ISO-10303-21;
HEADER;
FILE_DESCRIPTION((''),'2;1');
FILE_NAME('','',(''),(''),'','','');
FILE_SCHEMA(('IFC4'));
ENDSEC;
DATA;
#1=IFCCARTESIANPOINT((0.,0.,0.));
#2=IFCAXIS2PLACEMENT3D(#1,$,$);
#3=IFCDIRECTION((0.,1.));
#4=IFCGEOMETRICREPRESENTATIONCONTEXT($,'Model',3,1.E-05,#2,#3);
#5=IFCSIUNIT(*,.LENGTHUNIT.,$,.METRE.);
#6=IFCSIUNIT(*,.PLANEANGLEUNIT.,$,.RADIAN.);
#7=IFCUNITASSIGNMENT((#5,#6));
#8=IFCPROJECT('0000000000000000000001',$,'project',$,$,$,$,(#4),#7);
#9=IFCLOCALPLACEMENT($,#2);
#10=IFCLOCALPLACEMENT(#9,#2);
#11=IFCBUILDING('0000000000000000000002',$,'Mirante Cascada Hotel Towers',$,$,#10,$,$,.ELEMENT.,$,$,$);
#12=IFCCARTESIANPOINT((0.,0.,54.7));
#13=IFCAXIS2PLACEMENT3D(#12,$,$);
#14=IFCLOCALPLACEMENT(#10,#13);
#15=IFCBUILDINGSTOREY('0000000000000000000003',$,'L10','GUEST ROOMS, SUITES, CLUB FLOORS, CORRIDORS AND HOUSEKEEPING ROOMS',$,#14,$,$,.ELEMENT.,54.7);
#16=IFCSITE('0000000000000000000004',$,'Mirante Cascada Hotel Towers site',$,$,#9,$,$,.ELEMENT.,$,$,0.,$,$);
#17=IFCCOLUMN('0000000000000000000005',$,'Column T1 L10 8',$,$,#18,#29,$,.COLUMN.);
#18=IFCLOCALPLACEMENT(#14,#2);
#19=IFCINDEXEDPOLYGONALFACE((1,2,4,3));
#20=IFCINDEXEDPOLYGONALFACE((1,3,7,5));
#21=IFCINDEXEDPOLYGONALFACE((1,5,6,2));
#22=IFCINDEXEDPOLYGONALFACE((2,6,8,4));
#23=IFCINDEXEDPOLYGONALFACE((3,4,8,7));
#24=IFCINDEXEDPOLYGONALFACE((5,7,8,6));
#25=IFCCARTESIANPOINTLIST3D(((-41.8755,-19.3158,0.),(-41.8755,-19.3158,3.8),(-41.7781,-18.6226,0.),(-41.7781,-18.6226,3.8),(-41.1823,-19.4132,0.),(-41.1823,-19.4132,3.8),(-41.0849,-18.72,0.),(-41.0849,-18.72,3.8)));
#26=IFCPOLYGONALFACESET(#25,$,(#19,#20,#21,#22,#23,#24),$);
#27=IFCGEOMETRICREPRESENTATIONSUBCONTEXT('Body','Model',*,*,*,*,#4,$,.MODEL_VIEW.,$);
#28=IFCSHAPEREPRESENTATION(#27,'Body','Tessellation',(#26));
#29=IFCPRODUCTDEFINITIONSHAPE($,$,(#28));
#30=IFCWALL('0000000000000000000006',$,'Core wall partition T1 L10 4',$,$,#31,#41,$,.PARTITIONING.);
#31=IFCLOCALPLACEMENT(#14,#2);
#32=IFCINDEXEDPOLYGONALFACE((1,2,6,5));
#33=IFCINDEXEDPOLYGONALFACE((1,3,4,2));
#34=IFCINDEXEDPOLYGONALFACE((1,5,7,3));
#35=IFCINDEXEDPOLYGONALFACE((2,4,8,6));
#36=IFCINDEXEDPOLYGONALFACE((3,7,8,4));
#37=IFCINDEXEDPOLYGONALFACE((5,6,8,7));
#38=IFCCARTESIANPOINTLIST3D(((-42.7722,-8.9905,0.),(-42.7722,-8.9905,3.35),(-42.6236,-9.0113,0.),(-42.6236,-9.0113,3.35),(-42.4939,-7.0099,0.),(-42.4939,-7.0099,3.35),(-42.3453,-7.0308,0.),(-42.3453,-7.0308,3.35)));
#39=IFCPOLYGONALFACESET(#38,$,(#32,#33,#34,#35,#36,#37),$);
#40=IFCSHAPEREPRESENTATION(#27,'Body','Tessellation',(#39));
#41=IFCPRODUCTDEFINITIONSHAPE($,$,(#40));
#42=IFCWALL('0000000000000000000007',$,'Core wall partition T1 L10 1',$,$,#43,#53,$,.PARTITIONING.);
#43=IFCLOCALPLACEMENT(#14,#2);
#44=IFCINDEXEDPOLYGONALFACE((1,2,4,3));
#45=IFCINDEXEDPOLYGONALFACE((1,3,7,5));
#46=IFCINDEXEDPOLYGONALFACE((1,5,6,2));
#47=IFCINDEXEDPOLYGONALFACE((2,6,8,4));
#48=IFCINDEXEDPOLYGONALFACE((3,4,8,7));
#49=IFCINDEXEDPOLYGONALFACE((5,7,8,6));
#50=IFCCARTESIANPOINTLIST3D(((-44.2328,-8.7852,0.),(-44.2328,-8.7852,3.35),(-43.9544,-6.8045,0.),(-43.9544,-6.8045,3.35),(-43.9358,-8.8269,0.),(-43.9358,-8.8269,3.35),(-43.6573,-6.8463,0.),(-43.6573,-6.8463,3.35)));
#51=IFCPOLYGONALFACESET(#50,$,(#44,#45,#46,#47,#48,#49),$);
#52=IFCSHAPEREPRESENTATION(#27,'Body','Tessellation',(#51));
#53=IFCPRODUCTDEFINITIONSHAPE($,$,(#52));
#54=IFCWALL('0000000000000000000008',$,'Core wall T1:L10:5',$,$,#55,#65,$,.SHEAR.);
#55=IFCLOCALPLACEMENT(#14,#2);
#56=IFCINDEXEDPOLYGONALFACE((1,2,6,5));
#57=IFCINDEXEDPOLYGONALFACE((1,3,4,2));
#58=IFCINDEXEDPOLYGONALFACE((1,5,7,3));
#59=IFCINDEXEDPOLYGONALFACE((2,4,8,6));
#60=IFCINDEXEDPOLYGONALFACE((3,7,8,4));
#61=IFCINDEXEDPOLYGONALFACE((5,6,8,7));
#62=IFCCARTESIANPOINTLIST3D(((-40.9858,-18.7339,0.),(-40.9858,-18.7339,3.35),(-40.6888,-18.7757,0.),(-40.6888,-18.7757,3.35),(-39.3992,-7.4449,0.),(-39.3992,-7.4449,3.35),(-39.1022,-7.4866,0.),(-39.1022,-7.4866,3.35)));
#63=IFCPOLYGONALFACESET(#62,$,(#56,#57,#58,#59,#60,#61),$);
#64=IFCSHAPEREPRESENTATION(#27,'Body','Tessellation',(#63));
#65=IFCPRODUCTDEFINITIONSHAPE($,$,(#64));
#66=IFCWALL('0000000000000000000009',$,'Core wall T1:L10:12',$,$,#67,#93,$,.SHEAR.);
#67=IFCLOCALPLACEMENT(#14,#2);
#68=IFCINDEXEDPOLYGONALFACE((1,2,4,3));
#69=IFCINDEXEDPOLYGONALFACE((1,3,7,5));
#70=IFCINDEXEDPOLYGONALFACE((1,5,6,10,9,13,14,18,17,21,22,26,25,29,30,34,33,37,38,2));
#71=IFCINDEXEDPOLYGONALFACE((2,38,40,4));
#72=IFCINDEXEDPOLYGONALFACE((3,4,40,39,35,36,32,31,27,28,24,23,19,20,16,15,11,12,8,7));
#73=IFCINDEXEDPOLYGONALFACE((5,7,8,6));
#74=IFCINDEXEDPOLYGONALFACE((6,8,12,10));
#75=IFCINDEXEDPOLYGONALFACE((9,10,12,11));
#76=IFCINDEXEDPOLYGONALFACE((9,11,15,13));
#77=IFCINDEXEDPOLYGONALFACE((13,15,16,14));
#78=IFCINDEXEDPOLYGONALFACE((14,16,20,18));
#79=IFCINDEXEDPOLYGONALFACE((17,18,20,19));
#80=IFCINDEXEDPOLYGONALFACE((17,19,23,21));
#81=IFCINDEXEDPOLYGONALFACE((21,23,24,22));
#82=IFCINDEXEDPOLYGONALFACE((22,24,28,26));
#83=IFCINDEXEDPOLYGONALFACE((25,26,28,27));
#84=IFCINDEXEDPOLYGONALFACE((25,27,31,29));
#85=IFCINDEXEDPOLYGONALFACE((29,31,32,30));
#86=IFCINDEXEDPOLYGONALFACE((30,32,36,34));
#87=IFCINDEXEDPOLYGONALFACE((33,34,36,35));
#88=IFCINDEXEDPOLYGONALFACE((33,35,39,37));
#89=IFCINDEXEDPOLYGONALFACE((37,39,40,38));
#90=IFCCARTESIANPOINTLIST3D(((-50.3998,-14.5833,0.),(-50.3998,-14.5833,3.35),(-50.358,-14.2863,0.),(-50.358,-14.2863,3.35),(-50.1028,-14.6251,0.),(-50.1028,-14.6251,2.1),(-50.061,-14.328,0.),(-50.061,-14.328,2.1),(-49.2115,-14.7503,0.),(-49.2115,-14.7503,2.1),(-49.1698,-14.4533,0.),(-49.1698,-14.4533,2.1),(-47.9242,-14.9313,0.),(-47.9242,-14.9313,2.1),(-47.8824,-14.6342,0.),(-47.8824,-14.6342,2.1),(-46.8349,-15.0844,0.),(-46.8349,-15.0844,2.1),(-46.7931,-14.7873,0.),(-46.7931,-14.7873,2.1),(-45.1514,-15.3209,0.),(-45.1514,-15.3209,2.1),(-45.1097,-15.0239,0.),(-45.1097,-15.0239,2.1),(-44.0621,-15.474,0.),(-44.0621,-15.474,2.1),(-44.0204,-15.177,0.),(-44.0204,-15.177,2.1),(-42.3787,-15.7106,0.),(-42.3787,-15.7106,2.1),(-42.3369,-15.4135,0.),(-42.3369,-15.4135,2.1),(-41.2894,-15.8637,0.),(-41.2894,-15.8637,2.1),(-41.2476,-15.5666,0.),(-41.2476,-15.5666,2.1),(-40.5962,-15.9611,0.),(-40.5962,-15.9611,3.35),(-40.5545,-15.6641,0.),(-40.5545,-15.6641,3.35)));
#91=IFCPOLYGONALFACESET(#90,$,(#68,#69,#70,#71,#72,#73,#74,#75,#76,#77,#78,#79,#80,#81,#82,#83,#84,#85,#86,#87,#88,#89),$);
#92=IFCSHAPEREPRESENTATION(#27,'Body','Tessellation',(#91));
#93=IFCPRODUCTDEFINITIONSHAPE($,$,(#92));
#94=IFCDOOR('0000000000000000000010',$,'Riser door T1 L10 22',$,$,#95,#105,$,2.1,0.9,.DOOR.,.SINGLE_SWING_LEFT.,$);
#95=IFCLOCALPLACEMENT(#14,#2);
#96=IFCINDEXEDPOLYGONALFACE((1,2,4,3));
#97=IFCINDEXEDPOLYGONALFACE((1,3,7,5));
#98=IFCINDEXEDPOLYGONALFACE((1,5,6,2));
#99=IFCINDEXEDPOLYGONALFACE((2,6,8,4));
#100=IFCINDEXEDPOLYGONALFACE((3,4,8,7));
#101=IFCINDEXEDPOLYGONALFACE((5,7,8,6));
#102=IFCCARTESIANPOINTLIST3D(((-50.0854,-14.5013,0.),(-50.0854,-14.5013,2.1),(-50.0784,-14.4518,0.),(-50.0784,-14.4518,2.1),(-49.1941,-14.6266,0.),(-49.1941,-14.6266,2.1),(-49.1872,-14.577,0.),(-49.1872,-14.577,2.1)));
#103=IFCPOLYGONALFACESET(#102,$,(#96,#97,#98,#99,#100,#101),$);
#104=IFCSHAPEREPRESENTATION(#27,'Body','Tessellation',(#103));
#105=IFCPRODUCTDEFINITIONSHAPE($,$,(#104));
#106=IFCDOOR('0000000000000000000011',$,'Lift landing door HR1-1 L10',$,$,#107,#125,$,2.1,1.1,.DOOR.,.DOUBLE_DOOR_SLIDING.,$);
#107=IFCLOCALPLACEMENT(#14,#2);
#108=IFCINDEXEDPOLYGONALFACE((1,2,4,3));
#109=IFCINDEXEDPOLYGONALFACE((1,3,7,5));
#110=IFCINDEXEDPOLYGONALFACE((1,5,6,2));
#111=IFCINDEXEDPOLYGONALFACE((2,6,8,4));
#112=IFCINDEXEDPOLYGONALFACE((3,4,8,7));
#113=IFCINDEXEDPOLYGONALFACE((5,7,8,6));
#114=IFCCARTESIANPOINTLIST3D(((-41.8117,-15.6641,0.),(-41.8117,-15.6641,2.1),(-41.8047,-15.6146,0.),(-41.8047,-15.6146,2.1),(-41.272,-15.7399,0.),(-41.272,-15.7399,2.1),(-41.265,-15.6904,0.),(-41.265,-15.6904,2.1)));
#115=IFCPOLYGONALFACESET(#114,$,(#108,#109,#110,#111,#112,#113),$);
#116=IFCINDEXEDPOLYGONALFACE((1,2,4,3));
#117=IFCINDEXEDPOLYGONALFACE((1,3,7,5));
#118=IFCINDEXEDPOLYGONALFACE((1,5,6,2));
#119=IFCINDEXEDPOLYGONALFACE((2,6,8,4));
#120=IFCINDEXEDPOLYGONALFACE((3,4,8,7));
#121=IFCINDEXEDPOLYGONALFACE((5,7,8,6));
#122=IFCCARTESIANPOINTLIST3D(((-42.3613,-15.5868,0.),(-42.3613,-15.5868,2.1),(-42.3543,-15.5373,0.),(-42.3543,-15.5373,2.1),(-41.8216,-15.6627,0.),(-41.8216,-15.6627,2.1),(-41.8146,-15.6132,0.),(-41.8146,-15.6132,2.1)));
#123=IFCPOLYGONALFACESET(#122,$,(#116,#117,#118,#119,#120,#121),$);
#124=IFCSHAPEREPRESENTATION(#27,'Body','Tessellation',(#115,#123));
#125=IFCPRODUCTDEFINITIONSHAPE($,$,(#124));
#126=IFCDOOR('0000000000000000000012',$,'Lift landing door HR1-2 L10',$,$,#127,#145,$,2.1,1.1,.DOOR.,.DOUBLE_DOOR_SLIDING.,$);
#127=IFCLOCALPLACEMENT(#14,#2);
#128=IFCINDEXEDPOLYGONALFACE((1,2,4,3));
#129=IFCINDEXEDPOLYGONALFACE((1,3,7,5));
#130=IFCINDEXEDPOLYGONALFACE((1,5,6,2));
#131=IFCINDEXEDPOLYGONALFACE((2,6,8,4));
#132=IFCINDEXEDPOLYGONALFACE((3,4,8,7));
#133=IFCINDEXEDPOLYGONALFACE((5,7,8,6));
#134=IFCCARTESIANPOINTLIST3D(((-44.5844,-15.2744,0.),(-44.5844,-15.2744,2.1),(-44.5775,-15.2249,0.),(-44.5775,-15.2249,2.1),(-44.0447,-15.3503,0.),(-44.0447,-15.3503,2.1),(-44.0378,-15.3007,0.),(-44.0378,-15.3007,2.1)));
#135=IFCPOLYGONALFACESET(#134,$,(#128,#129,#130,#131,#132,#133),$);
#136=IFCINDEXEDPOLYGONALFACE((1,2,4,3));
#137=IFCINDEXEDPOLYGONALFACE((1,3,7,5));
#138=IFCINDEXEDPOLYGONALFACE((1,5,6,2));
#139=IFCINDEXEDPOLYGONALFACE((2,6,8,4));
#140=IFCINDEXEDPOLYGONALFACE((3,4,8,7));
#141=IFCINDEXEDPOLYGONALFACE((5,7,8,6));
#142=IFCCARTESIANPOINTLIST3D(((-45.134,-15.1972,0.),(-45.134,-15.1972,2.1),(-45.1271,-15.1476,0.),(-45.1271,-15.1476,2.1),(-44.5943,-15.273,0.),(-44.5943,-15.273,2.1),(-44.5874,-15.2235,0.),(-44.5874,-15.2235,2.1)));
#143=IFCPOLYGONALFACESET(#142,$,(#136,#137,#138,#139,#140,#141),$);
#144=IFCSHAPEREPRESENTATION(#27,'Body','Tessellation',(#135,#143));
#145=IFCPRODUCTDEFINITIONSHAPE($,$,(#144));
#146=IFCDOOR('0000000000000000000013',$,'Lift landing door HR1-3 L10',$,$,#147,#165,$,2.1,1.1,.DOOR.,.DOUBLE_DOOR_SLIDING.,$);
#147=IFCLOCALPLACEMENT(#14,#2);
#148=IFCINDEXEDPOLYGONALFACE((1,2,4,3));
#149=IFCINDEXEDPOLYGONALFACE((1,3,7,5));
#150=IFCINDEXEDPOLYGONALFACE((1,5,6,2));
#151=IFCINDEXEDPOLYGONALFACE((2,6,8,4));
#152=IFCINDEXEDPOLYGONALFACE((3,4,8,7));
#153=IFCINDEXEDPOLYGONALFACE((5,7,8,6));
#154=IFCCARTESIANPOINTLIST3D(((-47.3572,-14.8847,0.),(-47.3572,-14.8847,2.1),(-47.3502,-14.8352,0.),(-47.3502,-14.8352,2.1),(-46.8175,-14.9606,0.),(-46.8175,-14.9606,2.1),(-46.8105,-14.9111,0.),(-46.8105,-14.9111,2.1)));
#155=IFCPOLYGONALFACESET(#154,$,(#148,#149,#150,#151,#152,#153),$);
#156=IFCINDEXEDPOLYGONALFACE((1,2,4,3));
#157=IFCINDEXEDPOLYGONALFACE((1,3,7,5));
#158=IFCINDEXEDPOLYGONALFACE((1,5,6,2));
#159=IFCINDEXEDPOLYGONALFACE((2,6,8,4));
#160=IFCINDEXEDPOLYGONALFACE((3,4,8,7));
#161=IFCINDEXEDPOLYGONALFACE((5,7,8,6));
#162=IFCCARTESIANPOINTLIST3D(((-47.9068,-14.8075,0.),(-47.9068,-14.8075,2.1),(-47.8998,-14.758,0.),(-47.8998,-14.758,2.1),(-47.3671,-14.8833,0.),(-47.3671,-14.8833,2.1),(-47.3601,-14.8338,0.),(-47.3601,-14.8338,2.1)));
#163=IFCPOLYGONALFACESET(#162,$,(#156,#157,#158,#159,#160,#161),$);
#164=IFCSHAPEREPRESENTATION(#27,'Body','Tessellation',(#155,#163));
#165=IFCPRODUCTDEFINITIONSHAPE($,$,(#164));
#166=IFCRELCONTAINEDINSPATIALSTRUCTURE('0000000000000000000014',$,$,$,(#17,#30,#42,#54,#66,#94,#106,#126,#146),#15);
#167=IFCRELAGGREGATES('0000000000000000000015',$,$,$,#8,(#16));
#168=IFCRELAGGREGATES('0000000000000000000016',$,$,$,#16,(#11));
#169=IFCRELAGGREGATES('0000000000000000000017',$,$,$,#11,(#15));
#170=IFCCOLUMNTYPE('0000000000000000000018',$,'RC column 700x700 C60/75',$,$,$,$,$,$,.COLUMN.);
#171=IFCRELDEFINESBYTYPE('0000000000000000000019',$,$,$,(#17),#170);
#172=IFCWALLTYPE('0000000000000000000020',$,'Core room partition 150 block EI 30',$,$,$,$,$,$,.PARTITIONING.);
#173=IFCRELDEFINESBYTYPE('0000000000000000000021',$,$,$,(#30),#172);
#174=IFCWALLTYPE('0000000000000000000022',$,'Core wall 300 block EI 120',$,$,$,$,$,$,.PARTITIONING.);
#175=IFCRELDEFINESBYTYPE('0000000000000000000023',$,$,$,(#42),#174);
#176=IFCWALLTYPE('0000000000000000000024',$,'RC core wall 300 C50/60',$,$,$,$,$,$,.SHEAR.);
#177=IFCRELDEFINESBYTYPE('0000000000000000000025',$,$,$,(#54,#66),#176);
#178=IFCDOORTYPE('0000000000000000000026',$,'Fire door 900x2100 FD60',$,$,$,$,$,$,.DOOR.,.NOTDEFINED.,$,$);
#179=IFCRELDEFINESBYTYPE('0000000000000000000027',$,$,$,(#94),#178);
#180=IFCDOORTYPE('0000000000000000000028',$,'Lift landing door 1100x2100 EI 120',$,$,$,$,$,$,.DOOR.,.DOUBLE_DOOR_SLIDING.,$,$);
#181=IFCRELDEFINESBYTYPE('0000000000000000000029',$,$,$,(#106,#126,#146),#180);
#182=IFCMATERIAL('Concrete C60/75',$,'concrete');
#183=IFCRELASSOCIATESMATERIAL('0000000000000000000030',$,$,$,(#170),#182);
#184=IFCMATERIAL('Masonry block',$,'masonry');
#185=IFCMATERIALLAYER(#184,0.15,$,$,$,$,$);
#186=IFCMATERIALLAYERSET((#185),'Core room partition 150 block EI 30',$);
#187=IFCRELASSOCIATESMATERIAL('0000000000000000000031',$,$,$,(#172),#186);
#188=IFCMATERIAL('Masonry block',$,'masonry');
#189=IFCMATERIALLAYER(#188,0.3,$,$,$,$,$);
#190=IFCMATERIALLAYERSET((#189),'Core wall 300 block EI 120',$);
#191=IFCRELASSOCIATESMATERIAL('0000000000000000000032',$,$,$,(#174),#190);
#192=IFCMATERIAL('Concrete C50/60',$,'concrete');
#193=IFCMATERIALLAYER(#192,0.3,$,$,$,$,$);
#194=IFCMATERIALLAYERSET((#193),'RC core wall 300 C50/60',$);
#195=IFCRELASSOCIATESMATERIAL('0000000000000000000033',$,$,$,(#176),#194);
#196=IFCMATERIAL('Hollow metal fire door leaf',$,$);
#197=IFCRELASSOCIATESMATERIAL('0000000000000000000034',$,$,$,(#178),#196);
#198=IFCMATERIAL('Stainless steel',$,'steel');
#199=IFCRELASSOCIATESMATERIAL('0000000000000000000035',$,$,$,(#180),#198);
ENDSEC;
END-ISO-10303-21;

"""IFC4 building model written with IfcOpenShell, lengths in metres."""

from ifc_helpers import new_model, si_unit, direction, frame, frame_2d, origin, origin_2d, place, context, subcontext, project, spatial, rectangle, extrude, material, layer, layer_set, material_profile, profile_set, type_object, element, fill, save


model = new_model("IFC4")

# Units and contexts
model_context = context("Model", 3, precision=1e-05, world=origin(), true_north=direction((0.0, 1.0)))
body_context = subcontext(model_context, "Body", "Model", "MODEL_VIEW")
ifc_project = project(units=[si_unit("LENGTHUNIT", "METRE"), si_unit("PLANEANGLEUNIT", "RADIAN")], contexts=[model_context])

# Site, building, storey
site_placement = place(None, origin())
site = spatial("IfcSite", under=ifc_project, at=site_placement, Name="Mirante Cascada Hotel Towers site", CompositionType="ELEMENT", RefElevation=0.0)
building_placement = place(site_placement, origin())
building = spatial("IfcBuilding", under=site, at=building_placement, Name="Mirante Cascada Hotel Towers", CompositionType="ELEMENT")
storey_placement = place(building_placement, frame((0.0, 0.0, 54.7)))
storey = spatial("IfcBuildingStorey", under=building, at=storey_placement, Name="L10", Description="GUEST ROOMS, SUITES, CLUB FLOORS, CORRIDORS AND HOUSEKEEPING ROOMS", CompositionType="ELEMENT", Elevation=54.7)

# Column
ifc_material_1 = material(Name="Concrete C60/75", Category="concrete")
ifc_material_profile = material_profile(ifc_material_1, rectangle(XDim=0.7, YDim=0.7, at=origin_2d()), Name="RC column 700x700 C60/75")
ifc_profile_set = profile_set([ifc_material_profile], Name="Concrete C60/75")
column_type = type_object("IfcColumnType", Name="RC column 700x700 C60/75", PredefinedType="COLUMN", material=ifc_profile_set)
column_placement = place(storey_placement, frame((-41.4802, -19.0179, 0.0), z_axis=(0.0, 0.0, 1.0), x_axis=(-0.990268, 0.139173, 0.0)))
element("IfcColumn", 1, at=column_placement, inside=storey, type_object=column_type, Name="Column T1 L10 8", PredefinedType="COLUMN", context=body_context, shape_type="SweptSolid", body=[
    extrude(rectangle(XDim=0.7, YDim=0.7, at=origin_2d()), origin(), (0.0, 0.0, 1.0), 3.8),
])

# Walls
ifc_material_2 = material(Name="Masonry block", Category="masonry")
ifc_layer_1 = layer(ifc_material_2, 0.15)
ifc_layer_set_1 = layer_set([ifc_layer_1], Name="Core room partition 150 block EI 30")
wall_type_1 = type_object("IfcWallType", Name="Core room partition 150 block EI 30", PredefinedType="PARTITIONING", material=ifc_layer_set_1)
wall_1_placement = place(storey_placement, frame((-42.6979, -9.0009, 0.0), z_axis=(0.0, 0.0, 1.0), x_axis=(0.139153, 0.990271, 0.0)))
element("IfcWall", 2, at=wall_1_placement, inside=storey, type_object=wall_type_1, Name="Core wall partition T1 L10 4", PredefinedType="PARTITIONING", context=body_context, shape_type="SweptSolid", body=[
    extrude(rectangle(XDim=2.0, YDim=0.15, at=frame_2d((1.0, 0.0))), origin(), (0.0, 0.0, 1.0), 3.35),
])
ifc_material_3 = material(Name="Masonry block", Category="masonry")
ifc_layer_2 = layer(ifc_material_3, 0.3)
ifc_layer_set_2 = layer_set([ifc_layer_2], Name="Core wall 300 block EI 120")
wall_type_2 = type_object("IfcWallType", Name="Core wall 300 block EI 120", PredefinedType="PARTITIONING", material=ifc_layer_set_2)
wall_2_placement = place(storey_placement, frame((-44.0843, -8.8061, 0.0), z_axis=(0.0, 0.0, 1.0), x_axis=(0.139195, 0.990265, 0.0)))
element("IfcWall", 3, at=wall_2_placement, inside=storey, type_object=wall_type_2, Name="Core wall partition T1 L10 1", PredefinedType="PARTITIONING", context=body_context, shape_type="SweptSolid", body=[
    extrude(rectangle(XDim=2.0001, YDim=0.3, at=frame_2d((1.0001, 0.0))), origin(), (0.0, 0.0, 1.0), 3.35),
])
ifc_material_4 = material(Name="Concrete C50/60", Category="concrete")
ifc_layer_3 = layer(ifc_material_4, 0.3)
ifc_layer_set_3 = layer_set([ifc_layer_3], Name="RC core wall 300 C50/60")
wall_type_3 = type_object("IfcWallType", Name="RC core wall 300 C50/60", PredefinedType="SHEAR", material=ifc_layer_set_3)
wall_3_placement = place(storey_placement, frame((-40.8373, -18.7548, 0.0), z_axis=(0.0, 0.0, 1.0), x_axis=(0.139175, 0.990268, 0.0)))
element("IfcWall", 4, at=wall_3_placement, inside=storey, type_object=wall_type_3, Name="Core wall T1:L10:5", PredefinedType="SHEAR", context=body_context, shape_type="SweptSolid", body=[
    extrude(rectangle(XDim=11.4, YDim=0.3, at=frame_2d((5.7, 0.0))), origin(), (0.0, 0.0, 1.0), 3.35),
])

# Wall, openings, doors
wall_4_placement = place(storey_placement, frame((-40.5753, -15.8126, 0.0), z_axis=(0.0, 0.0, 1.0), x_axis=(-0.990268, 0.139173, 0.0)))
wall_4 = element("IfcWall", 5, at=wall_4_placement, inside=storey, type_object=wall_type_3, Name="Core wall T1:L10:12", PredefinedType="SHEAR", context=body_context, shape_type="SweptSolid", body=[
    extrude(rectangle(XDim=9.8999, YDim=0.3, at=frame_2d((4.95, 0.0))), origin(), (0.0, 0.0, 1.0), 3.35),
])
opening_1_placement = place(wall_4_placement, frame((0.7, 0.0, 0.0)))
opening_1 = element("IfcOpeningElement", 6, at=opening_1_placement, cuts=wall_4, PredefinedType="OPENING", context=body_context, shape_type="SweptSolid", body=[
    extrude(rectangle(XDim=1.1, YDim=2.1, at=frame_2d((0.55, 1.05))), frame((0.0, 0.15, 0.0), z_axis=(0.0, -1.0, 0.0), x_axis=(1.0, 0.0, 0.0)), (0.0, 0.0, 1.0), 0.3),
])
opening_2_placement = place(wall_4_placement, frame((3.5, 0.0, 0.0)))
opening_2 = element("IfcOpeningElement", 7, at=opening_2_placement, cuts=wall_4, PredefinedType="OPENING", context=body_context, shape_type="SweptSolid", body=[
    extrude(rectangle(XDim=1.1, YDim=2.1, at=frame_2d((0.55, 1.05))), frame((0.0, 0.15, 0.0), z_axis=(0.0, -1.0, 0.0), x_axis=(1.0, 0.0, 0.0)), (0.0, 0.0, 1.0), 0.3),
])
opening_3_placement = place(wall_4_placement, frame((6.3, 0.0, 0.0)))
opening_3 = element("IfcOpeningElement", 8, at=opening_3_placement, cuts=wall_4, PredefinedType="OPENING", context=body_context, shape_type="SweptSolid", body=[
    extrude(rectangle(XDim=1.1, YDim=2.1, at=frame_2d((0.55, 1.05))), frame((0.0, 0.15, 0.0), z_axis=(0.0, -1.0, 0.0), x_axis=(1.0, 0.0, 0.0)), (0.0, 0.0, 1.0), 0.3),
])
opening_4_placement = place(wall_4_placement, frame((8.7, 0.0, 0.0)))
opening_4 = element("IfcOpeningElement", 9, at=opening_4_placement, cuts=wall_4, PredefinedType="OPENING", context=body_context, shape_type="SweptSolid", body=[
    extrude(rectangle(XDim=0.9, YDim=2.1, at=frame_2d((0.45, 1.05))), frame((0.0, 0.15, 0.0), z_axis=(0.0, -1.0, 0.0), x_axis=(1.0, 0.0, 0.0)), (0.0, 0.0, 1.0), 0.3),
])
ifc_material_5 = material(Name="Hollow metal fire door leaf")
door_type_1 = type_object("IfcDoorType", Name="Fire door 900x2100 FD60", OperationType="NOTDEFINED", PredefinedType="DOOR", material=ifc_material_5)
door_1_placement = place(opening_4_placement, origin())
door_1 = element("IfcDoor", 10, at=door_1_placement, inside=storey, type_object=door_type_1, Name="Riser door T1 L10 22", OperationType="SINGLE_SWING_LEFT", OverallHeight=2.1, OverallWidth=0.9, PredefinedType="DOOR", context=body_context, shape_type="SweptSolid", body=[
    extrude(rectangle(XDim=0.9, YDim=2.1, at=frame_2d((0.45, 1.05))), frame((0.0, 0.025, 0.0), z_axis=(0.0, -1.0, 0.0), x_axis=(1.0, 0.0, 0.0)), (0.0, 0.0, 1.0), 0.05),
])
fill(opening_4, door_1)
ifc_material_6 = material(Name="Stainless steel", Category="steel")
door_type_2 = type_object("IfcDoorType", Name="Lift landing door 1100x2100 EI 120", OperationType="DOUBLE_DOOR_SLIDING", PredefinedType="DOOR", material=ifc_material_6)
door_2_placement = place(opening_1_placement, origin())
door_2 = element("IfcDoor", 11, at=door_2_placement, inside=storey, type_object=door_type_2, Name="Lift landing door HR1-1 L10", OperationType="DOUBLE_DOOR_SLIDING", OverallHeight=2.1, OverallWidth=1.1, PredefinedType="DOOR", context=body_context, shape_type="SweptSolid", body=[
    extrude(rectangle(XDim=0.545, YDim=2.1, at=frame_2d((0.2725, 1.05))), frame((0.0, 0.025, 0.0), z_axis=(0.0, -1.0, 0.0), x_axis=(1.0, 0.0, 0.0)), (0.0, 0.0, 1.0), 0.05),
    extrude(rectangle(XDim=0.545, YDim=2.1, at=frame_2d((0.8275, 1.05))), frame((0.0, 0.025, 0.0), z_axis=(0.0, -1.0, 0.0), x_axis=(1.0, 0.0, 0.0)), (0.0, 0.0, 1.0), 0.05),
])
fill(opening_1, door_2)
door_3_placement = place(opening_2_placement, origin())
door_3 = element("IfcDoor", 12, at=door_3_placement, inside=storey, type_object=door_type_2, Name="Lift landing door HR1-2 L10", OperationType="DOUBLE_DOOR_SLIDING", OverallHeight=2.1, OverallWidth=1.1, PredefinedType="DOOR", context=body_context, shape_type="SweptSolid", body=[
    extrude(rectangle(XDim=0.545, YDim=2.1, at=frame_2d((0.2725, 1.05))), frame((0.0, 0.025, 0.0), z_axis=(0.0, -1.0, 0.0), x_axis=(1.0, 0.0, 0.0)), (0.0, 0.0, 1.0), 0.05),
    extrude(rectangle(XDim=0.545, YDim=2.1, at=frame_2d((0.8275, 1.05))), frame((0.0, 0.025, 0.0), z_axis=(0.0, -1.0, 0.0), x_axis=(1.0, 0.0, 0.0)), (0.0, 0.0, 1.0), 0.05),
])
fill(opening_2, door_3)
door_4_placement = place(opening_3_placement, origin())
door_4 = element("IfcDoor", 13, at=door_4_placement, inside=storey, type_object=door_type_2, Name="Lift landing door HR1-3 L10", OperationType="DOUBLE_DOOR_SLIDING", OverallHeight=2.1, OverallWidth=1.1, PredefinedType="DOOR", context=body_context, shape_type="SweptSolid", body=[
    extrude(rectangle(XDim=0.545, YDim=2.1, at=frame_2d((0.2725, 1.05))), frame((0.0, 0.025, 0.0), z_axis=(0.0, -1.0, 0.0), x_axis=(1.0, 0.0, 0.0)), (0.0, 0.0, 1.0), 0.05),
    extrude(rectangle(XDim=0.545, YDim=2.1, at=frame_2d((0.8275, 1.05))), frame((0.0, 0.025, 0.0), z_axis=(0.0, -1.0, 0.0), x_axis=(1.0, 0.0, 0.0)), (0.0, 0.0, 1.0), 0.05),
])
fill(opening_3, door_4)

save(model, "model.ifc")
